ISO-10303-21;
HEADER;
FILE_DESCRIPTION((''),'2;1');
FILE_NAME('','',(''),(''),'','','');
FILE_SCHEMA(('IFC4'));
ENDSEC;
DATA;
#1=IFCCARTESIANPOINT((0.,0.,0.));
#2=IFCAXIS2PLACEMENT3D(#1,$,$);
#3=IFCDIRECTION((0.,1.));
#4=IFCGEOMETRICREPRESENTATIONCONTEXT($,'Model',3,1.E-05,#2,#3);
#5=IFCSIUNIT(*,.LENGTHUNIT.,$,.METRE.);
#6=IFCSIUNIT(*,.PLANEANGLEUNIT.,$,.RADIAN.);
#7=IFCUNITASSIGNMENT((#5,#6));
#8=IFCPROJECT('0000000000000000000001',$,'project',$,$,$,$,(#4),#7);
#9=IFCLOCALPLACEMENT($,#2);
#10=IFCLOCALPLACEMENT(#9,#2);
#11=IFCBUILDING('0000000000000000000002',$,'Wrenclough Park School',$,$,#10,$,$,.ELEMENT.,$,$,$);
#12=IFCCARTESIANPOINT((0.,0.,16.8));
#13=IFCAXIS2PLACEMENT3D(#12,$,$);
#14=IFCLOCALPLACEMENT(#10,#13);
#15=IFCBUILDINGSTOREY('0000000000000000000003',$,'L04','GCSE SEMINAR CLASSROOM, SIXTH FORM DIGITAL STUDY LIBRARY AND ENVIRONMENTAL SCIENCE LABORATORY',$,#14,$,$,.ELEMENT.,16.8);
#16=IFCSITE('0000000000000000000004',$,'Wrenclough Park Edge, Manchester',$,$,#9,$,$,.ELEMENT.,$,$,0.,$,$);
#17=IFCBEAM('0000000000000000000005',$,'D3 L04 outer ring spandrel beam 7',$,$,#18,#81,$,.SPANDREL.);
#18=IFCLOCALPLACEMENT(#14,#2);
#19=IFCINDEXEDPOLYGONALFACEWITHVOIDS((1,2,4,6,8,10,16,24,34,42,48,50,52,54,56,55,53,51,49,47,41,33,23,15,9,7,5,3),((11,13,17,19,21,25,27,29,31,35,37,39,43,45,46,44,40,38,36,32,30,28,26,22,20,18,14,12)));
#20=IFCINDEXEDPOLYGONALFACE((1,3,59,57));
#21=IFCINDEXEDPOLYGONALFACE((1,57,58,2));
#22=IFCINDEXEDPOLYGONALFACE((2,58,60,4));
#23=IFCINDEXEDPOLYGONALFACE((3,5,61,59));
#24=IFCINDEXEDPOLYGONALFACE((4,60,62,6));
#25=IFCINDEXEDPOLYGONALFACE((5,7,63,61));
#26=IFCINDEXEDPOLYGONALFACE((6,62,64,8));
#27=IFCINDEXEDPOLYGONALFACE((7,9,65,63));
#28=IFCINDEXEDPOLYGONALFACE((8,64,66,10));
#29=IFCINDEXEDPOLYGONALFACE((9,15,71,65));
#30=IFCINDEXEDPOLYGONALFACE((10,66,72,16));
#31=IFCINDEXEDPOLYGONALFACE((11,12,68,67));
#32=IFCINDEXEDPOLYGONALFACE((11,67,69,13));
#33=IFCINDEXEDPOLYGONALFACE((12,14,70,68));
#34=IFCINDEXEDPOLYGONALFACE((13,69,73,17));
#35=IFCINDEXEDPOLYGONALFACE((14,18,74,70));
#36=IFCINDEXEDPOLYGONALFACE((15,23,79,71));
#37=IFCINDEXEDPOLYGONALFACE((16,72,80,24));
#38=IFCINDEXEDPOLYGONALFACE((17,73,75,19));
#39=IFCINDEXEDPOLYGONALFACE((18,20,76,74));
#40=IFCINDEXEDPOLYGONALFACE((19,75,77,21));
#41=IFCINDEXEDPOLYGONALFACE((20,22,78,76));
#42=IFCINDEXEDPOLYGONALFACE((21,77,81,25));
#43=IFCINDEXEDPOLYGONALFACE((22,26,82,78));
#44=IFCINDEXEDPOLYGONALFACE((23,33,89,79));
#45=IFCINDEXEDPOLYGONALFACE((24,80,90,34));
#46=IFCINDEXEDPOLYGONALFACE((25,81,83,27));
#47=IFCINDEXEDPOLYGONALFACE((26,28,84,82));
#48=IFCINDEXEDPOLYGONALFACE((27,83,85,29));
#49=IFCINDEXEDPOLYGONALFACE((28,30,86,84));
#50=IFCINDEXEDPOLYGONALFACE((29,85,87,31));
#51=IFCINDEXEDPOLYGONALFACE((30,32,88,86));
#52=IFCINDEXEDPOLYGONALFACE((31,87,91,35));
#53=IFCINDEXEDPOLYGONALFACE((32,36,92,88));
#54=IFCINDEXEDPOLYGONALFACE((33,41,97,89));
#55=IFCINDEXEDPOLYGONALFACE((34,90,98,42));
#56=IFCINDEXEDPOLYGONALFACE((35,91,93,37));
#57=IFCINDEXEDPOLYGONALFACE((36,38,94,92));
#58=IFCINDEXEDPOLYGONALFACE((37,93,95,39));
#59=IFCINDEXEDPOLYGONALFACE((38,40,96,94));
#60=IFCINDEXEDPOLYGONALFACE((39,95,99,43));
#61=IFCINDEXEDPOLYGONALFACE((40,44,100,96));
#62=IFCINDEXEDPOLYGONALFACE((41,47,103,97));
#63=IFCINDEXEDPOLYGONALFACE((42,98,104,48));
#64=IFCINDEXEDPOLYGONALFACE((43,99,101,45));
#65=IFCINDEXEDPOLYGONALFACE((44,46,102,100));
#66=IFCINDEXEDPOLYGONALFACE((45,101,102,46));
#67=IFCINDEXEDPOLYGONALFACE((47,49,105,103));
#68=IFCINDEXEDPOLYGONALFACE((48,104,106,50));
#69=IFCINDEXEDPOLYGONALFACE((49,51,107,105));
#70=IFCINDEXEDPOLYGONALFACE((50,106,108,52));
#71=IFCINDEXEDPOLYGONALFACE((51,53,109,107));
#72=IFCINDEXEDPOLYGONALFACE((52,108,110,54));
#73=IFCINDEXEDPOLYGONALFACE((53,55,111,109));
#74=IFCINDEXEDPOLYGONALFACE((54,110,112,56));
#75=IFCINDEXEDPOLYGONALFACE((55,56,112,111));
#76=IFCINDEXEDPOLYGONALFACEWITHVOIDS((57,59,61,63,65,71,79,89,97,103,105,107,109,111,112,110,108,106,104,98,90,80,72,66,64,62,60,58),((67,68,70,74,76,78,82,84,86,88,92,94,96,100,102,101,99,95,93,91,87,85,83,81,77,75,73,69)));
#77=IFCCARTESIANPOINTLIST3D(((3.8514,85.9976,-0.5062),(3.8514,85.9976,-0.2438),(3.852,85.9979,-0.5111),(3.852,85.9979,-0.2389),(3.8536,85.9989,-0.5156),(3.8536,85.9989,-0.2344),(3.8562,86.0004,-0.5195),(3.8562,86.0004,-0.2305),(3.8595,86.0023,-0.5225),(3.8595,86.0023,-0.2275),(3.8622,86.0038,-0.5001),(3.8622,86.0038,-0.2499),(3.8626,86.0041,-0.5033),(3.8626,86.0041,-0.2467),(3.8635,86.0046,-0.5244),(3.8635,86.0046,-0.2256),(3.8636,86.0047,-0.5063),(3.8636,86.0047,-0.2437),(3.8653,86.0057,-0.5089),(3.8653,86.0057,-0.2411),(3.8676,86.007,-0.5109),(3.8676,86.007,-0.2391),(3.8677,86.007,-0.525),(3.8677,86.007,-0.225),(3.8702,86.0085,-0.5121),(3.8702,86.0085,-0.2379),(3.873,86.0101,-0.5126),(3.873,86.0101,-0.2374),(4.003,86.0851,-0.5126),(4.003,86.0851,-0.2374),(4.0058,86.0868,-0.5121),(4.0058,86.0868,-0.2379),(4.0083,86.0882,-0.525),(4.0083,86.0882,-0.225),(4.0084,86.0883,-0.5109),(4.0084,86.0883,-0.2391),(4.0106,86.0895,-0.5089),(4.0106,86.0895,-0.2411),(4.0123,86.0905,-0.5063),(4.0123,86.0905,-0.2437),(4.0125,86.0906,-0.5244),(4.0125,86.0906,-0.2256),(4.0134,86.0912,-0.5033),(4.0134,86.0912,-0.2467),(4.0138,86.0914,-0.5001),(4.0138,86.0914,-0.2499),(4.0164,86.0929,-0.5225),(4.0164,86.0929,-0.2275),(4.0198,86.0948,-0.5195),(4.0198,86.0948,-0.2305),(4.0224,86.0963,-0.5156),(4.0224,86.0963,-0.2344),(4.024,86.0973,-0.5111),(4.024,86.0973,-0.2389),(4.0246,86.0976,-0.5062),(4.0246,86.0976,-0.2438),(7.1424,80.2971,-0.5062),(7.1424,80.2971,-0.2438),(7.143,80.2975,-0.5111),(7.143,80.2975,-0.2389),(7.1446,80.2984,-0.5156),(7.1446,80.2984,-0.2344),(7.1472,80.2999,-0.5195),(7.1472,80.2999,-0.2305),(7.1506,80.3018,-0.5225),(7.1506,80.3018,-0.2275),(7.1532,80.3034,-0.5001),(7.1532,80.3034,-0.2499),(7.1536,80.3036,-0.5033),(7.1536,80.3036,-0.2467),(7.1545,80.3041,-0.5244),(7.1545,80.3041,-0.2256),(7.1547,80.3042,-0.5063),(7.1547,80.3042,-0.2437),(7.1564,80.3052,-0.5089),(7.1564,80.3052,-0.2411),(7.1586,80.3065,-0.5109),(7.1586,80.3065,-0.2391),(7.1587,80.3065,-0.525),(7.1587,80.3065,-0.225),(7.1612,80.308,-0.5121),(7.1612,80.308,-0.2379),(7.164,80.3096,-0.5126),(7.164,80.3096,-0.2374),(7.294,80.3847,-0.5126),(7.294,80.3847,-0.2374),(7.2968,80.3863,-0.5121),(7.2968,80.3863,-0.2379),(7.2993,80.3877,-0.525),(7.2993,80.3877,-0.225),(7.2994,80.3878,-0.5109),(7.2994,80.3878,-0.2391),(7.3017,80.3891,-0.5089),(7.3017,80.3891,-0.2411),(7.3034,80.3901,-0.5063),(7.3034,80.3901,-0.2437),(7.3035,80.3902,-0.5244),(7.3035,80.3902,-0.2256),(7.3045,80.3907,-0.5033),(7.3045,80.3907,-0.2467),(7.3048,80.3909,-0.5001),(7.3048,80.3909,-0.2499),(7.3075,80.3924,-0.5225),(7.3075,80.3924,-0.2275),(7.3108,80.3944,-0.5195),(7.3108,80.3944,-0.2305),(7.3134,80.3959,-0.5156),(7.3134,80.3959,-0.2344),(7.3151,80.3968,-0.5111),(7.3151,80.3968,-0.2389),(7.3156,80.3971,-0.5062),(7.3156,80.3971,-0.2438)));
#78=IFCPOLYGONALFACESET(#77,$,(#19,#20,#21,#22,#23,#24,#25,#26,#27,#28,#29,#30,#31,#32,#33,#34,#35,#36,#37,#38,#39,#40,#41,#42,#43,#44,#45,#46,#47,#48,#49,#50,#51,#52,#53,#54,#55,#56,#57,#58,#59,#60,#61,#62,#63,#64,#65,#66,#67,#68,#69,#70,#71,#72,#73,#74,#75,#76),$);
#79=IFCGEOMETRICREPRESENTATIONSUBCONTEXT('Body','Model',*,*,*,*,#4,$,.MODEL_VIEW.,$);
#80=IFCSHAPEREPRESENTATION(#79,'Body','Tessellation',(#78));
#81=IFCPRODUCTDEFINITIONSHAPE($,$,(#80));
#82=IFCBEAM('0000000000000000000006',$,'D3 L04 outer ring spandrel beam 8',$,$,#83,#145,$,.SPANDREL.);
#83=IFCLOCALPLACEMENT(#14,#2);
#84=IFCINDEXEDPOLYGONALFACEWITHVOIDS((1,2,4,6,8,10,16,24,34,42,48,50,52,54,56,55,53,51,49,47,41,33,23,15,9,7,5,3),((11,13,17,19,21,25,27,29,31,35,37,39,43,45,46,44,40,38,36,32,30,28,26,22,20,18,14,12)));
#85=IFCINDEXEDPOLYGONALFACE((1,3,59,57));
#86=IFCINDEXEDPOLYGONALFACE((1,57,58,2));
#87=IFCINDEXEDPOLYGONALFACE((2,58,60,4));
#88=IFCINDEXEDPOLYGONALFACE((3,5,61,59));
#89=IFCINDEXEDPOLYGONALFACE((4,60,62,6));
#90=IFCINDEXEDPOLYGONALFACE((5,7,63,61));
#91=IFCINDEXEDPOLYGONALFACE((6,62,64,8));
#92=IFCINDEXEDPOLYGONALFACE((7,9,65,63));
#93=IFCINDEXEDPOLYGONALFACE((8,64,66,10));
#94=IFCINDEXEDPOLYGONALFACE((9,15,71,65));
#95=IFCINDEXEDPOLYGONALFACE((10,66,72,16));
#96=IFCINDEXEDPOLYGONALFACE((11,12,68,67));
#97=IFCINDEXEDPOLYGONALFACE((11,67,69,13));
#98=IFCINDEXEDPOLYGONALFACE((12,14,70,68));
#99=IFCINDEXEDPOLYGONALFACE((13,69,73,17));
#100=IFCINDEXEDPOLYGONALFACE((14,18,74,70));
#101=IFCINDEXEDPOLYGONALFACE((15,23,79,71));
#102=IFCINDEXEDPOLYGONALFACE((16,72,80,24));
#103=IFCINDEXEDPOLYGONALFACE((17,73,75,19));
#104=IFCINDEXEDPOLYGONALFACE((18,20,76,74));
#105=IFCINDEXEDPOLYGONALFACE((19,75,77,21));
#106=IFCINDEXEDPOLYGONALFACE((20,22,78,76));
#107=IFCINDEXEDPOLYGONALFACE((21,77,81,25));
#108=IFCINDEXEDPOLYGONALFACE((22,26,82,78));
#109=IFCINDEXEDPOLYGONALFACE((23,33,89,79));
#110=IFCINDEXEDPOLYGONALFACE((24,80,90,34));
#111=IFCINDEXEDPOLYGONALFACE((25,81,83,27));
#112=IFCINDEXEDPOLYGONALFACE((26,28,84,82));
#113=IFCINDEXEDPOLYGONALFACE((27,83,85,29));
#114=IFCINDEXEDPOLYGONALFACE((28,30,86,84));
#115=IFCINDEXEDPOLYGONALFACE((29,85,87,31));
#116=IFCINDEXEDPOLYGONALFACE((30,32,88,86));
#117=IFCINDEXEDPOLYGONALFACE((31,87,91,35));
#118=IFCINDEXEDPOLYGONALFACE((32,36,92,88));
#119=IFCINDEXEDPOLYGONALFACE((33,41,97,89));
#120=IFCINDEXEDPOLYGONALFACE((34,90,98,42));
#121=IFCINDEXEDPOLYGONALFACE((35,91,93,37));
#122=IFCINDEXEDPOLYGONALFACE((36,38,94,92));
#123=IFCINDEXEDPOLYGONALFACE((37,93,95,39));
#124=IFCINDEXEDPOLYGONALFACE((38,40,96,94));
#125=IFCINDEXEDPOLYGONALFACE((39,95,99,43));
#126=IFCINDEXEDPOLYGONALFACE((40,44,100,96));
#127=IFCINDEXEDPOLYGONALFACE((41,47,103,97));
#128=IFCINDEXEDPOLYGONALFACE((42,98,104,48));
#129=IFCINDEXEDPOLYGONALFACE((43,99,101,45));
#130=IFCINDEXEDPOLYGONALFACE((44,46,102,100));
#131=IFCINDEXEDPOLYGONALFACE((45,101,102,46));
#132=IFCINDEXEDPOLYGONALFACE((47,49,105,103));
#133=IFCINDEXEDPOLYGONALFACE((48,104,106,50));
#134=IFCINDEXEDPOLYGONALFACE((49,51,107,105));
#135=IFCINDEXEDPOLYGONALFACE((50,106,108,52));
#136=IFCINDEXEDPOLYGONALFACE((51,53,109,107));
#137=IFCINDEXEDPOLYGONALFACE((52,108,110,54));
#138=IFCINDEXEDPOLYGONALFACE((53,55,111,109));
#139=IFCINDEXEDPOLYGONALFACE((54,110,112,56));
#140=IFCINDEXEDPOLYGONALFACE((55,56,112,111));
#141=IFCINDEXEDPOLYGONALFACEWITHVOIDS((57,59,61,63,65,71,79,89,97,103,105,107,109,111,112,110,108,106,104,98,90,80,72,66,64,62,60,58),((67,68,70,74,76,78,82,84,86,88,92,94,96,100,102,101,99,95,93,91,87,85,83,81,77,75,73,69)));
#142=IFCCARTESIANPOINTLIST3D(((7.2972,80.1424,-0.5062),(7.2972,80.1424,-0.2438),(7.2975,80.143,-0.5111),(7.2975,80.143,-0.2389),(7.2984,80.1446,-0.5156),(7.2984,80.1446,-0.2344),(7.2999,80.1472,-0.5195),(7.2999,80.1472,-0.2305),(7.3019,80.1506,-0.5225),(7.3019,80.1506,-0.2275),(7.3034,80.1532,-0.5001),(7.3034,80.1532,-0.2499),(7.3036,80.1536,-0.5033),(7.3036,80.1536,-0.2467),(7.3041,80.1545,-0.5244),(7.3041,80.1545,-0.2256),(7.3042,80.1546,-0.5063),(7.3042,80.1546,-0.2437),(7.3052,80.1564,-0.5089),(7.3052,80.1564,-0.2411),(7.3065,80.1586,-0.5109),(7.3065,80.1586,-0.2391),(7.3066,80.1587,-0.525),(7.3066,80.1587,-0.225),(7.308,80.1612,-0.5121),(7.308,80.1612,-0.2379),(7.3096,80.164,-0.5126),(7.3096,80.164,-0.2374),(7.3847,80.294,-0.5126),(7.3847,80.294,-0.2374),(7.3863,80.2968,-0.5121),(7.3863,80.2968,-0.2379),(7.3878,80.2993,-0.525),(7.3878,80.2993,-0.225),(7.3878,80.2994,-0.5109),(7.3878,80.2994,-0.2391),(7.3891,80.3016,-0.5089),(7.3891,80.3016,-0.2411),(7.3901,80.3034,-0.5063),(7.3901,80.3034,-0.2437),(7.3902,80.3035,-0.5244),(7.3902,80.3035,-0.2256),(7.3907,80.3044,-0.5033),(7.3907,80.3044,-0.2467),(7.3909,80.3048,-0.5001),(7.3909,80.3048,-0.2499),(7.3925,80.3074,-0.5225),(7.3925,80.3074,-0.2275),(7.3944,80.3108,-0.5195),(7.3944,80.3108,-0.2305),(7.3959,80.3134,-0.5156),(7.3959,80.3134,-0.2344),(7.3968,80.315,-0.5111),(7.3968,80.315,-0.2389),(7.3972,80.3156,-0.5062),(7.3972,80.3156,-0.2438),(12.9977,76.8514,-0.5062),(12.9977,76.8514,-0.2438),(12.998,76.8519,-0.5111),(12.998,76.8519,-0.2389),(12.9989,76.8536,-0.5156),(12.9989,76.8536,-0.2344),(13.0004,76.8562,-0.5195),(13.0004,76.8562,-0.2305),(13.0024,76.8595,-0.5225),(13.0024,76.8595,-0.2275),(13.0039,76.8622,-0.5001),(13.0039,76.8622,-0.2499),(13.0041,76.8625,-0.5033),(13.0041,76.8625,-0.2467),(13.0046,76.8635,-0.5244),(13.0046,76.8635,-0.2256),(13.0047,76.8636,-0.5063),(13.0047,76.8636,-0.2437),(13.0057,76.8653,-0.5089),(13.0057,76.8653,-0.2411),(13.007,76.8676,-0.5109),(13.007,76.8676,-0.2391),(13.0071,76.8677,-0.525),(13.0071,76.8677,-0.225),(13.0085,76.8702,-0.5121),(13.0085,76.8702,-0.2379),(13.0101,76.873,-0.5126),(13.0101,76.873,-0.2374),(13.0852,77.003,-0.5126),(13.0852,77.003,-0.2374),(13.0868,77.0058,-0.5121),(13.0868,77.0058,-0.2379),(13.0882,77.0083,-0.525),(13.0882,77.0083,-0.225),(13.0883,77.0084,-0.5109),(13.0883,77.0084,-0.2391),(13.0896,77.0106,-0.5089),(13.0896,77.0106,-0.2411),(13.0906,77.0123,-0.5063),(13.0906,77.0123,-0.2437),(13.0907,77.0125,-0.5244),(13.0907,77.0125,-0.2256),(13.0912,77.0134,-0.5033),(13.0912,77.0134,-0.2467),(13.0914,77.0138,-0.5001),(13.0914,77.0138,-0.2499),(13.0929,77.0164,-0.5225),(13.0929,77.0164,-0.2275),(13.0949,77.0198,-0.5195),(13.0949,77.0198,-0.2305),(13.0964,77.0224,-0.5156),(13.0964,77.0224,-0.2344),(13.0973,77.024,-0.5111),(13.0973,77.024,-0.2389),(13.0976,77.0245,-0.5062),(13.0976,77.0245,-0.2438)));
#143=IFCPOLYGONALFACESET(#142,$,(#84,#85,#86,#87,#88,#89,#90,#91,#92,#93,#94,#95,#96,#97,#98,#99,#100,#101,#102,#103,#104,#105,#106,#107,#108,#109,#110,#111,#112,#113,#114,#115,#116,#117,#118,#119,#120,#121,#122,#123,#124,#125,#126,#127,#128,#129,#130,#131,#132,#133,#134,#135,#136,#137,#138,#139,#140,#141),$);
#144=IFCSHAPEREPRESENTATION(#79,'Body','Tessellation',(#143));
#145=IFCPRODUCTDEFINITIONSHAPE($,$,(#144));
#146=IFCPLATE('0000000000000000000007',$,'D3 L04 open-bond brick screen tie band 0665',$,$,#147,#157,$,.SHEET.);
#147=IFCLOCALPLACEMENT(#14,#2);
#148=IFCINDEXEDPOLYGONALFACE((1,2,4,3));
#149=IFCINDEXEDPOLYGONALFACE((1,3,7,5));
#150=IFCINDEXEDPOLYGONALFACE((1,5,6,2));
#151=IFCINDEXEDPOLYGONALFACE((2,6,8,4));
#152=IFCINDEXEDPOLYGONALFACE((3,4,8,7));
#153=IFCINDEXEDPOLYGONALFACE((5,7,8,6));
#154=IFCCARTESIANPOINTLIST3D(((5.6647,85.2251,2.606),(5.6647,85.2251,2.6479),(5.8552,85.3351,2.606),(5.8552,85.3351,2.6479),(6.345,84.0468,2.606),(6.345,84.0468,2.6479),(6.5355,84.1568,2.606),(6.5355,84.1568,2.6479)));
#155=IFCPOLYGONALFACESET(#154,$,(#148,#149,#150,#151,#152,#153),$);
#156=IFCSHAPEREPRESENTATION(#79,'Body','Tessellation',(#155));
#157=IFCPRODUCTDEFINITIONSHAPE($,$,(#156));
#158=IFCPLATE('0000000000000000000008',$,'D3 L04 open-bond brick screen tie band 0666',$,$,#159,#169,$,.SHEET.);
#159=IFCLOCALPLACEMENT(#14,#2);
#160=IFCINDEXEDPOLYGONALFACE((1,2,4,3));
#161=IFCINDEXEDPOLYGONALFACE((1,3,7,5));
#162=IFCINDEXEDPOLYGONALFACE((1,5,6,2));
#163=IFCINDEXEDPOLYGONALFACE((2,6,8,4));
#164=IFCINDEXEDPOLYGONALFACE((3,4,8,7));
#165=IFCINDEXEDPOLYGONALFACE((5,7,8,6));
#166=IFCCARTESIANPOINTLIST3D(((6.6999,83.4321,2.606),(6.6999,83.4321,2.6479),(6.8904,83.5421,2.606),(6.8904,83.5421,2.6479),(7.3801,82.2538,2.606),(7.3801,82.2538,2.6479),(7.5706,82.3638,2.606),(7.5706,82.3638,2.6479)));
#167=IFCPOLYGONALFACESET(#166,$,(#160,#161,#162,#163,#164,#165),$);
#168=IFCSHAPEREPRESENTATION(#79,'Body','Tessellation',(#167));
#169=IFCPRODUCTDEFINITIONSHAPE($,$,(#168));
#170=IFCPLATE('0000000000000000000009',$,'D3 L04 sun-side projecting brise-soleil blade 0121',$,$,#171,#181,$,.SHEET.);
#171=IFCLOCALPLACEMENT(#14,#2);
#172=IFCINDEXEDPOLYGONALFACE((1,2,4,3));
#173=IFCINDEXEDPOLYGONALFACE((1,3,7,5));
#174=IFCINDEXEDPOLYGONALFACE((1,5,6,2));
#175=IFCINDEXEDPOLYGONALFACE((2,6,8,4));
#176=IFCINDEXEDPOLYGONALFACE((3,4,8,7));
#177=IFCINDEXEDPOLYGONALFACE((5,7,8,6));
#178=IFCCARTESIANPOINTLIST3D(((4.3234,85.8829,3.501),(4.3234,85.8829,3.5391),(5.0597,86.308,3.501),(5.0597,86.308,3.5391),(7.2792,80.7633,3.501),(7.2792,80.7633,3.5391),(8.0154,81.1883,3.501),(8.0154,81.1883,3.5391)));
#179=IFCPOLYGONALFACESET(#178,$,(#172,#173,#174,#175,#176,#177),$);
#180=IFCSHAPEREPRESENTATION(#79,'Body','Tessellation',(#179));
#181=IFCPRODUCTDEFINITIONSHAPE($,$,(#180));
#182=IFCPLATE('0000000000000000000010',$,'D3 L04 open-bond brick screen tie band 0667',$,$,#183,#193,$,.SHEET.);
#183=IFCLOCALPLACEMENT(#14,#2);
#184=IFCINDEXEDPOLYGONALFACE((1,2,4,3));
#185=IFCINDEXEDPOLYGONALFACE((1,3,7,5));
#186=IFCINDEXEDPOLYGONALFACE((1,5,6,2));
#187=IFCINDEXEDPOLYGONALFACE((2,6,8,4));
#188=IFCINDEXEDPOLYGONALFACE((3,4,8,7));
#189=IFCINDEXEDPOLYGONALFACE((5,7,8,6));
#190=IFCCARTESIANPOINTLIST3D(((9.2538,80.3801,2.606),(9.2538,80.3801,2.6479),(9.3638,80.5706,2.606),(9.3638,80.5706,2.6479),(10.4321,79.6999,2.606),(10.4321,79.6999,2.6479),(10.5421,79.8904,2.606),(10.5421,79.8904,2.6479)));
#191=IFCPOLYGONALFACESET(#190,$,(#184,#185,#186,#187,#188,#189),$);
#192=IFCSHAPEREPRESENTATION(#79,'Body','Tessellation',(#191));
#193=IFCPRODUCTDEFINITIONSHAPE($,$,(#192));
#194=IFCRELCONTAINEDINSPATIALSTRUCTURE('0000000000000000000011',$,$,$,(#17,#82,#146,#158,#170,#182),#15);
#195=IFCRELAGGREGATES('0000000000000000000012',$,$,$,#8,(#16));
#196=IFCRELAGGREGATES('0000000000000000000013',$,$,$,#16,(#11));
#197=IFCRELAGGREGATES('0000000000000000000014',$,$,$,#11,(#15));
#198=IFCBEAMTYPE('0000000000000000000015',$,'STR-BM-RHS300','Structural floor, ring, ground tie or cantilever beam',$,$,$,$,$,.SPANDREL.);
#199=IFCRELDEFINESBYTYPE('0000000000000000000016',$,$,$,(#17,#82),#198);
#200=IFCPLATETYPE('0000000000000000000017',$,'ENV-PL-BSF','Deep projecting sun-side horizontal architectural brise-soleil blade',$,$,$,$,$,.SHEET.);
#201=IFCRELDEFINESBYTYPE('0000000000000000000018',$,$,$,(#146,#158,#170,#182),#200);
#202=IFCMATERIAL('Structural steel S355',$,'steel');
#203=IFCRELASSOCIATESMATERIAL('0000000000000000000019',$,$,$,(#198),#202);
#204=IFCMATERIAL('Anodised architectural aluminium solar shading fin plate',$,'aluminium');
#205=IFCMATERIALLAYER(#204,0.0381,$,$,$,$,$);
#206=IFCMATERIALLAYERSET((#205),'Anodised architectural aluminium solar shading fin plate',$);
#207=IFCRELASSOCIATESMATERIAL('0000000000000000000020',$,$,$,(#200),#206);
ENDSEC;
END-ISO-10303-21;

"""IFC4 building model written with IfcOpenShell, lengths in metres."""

from ifc_helpers import new_model, si_unit, direction, frame, origin, origin_2d, place, context, subcontext, project, spatial, rectangle, hollow_rectangle, extrude, material, layer, layer_set, material_profile, profile_set, type_object, element, save


model = new_model("IFC4")

# Units and contexts
model_context = context("Model", 3, precision=1e-05, world=origin(), true_north=direction((0.0, 1.0)))
body_context = subcontext(model_context, "Body", "Model", "MODEL_VIEW")
ifc_project = project(units=[si_unit("LENGTHUNIT", "METRE"), si_unit("PLANEANGLEUNIT", "RADIAN")], contexts=[model_context])

# Site, building, storey
site_placement = place(None, origin())
site = spatial("IfcSite", under=ifc_project, at=site_placement, Name="Wrenclough Park Edge, Manchester", CompositionType="ELEMENT", RefElevation=0.0)
building_placement = place(site_placement, origin())
building = spatial("IfcBuilding", under=site, at=building_placement, Name="Wrenclough Park School", CompositionType="ELEMENT")
storey_placement = place(building_placement, frame((0.0, 0.0, 16.8)))
storey = spatial("IfcBuildingStorey", under=building, at=storey_placement, Name="L04", Description="GCSE SEMINAR CLASSROOM, SIXTH FORM DIGITAL STUDY LIBRARY AND ENVIRONMENTAL SCIENCE LABORATORY", CompositionType="ELEMENT", Elevation=16.8)

# Shared definitions
ifc_material_1 = material(Name="Structural steel S355", Category="steel")

# Beams
ifc_material_profile_1 = material_profile(ifc_material_1, hollow_rectangle(XDim=0.2, YDim=0.3, WallThickness=0.0125, InnerFilletRadius=0.0125, OuterFilletRadius=0.0188, at=origin_2d()), Name="RHS 300x200x12.5")
ifc_profile_set_1 = profile_set([ifc_material_profile_1], Name="Structural steel S355")
beam_type = type_object("IfcBeamType", Name="STR-BM-RHS300", Description="Structural floor, ring, ground tie or cantilever beam", PredefinedType="SPANDREL", material=ifc_profile_set_1)
for number, where, z_axis, x_axis, name in (
    (1, (3.938, 86.0476, -0.375), (0.499985, -0.866034, 0.0), (0.866034, 0.499985, 0.0), "D3 L04 outer ring spandrel beam 7"),
    (2, (7.3472, 80.229, -0.375), (0.866034, -0.499985, 0.0), (0.499985, 0.866034, 0.0), "D3 L04 outer ring spandrel beam 8"),
):
    element("IfcBeam", number, at=place(storey_placement, frame(where, z_axis=z_axis, x_axis=x_axis)), inside=storey, type_object=beam_type, Name=name, PredefinedType="SPANDREL", context=body_context, shape_type="SweptSolid", body=[
        extrude(hollow_rectangle(XDim=0.2, YDim=0.3, WallThickness=0.0125, InnerFilletRadius=0.0125, OuterFilletRadius=0.0188, at=origin_2d()), origin(), (0.0, 0.0, 1.0), 6.5823),
    ])

# Plates
ifc_material_2 = material(Name="Anodised architectural aluminium solar shading fin plate", Category="aluminium")
ifc_layer_1 = layer(ifc_material_2, 0.0381)
ifc_layer_set_1 = layer_set([ifc_layer_1], Name="Anodised architectural aluminium solar shading fin plate")
plate_type = type_object("IfcPlateType", Name="ENV-PL-BSF", Description="Deep projecting sun-side horizontal architectural brise-soleil blade", PredefinedType="SHEET", material=ifc_layer_set_1)
for number, where, z_axis, x_axis, name in (
    (3, (6.1001, 84.6909, 2.606), (0.0, 0.0, 1.0), (0.499993, -0.866029, 0.0), "D3 L04 open-bond brick screen tie band 0665"),
    (4, (7.1353, 82.8979, 2.606), (0.0, 0.0, 1.0), (0.499993, -0.866029, 0.0), "D3 L04 open-bond brick screen tie band 0666"),
):
    element("IfcPlate", number, at=place(storey_placement, frame(where, z_axis=z_axis, x_axis=x_axis)), inside=storey, type_object=plate_type, Name=name, PredefinedType="SHEET", context=body_context, shape_type="SweptSolid", body=[
        extrude(rectangle(XDim=1.3606, YDim=0.22, at=origin_2d()), origin(), (0.0, 0.0, 1.0), 0.042),
    ])
plate_1_placement = place(storey_placement, frame((6.1694, 83.5356, 3.501), z_axis=(0.0, 0.0, 1.0), x_axis=(0.499993, -0.866029, 0.0)))
element("IfcPlate", 5, at=plate_1_placement, inside=storey, type_object=plate_type, Name="D3 L04 sun-side projecting brise-soleil blade 0121", PredefinedType="SHEET", context=body_context, shape_type="SweptSolid", body=[
    extrude(rectangle(XDim=5.9116, YDim=0.8501, at=origin_2d()), origin(), (0.0, 0.0, 1.0), 0.0381),
])
plate_2_placement = place(storey_placement, frame((9.8979, 80.1353, 2.606), z_axis=(0.0, 0.0, 1.0), x_axis=(0.866029, -0.499993, 0.0)))
element("IfcPlate", 6, at=plate_2_placement, inside=storey, type_object=plate_type, Name="D3 L04 open-bond brick screen tie band 0667", PredefinedType="SHEET", context=body_context, shape_type="SweptSolid", body=[
    extrude(rectangle(XDim=1.3606, YDim=0.22, at=origin_2d()), origin(), (0.0, 0.0, 1.0), 0.042),
])

save(model, "model.ifc")
